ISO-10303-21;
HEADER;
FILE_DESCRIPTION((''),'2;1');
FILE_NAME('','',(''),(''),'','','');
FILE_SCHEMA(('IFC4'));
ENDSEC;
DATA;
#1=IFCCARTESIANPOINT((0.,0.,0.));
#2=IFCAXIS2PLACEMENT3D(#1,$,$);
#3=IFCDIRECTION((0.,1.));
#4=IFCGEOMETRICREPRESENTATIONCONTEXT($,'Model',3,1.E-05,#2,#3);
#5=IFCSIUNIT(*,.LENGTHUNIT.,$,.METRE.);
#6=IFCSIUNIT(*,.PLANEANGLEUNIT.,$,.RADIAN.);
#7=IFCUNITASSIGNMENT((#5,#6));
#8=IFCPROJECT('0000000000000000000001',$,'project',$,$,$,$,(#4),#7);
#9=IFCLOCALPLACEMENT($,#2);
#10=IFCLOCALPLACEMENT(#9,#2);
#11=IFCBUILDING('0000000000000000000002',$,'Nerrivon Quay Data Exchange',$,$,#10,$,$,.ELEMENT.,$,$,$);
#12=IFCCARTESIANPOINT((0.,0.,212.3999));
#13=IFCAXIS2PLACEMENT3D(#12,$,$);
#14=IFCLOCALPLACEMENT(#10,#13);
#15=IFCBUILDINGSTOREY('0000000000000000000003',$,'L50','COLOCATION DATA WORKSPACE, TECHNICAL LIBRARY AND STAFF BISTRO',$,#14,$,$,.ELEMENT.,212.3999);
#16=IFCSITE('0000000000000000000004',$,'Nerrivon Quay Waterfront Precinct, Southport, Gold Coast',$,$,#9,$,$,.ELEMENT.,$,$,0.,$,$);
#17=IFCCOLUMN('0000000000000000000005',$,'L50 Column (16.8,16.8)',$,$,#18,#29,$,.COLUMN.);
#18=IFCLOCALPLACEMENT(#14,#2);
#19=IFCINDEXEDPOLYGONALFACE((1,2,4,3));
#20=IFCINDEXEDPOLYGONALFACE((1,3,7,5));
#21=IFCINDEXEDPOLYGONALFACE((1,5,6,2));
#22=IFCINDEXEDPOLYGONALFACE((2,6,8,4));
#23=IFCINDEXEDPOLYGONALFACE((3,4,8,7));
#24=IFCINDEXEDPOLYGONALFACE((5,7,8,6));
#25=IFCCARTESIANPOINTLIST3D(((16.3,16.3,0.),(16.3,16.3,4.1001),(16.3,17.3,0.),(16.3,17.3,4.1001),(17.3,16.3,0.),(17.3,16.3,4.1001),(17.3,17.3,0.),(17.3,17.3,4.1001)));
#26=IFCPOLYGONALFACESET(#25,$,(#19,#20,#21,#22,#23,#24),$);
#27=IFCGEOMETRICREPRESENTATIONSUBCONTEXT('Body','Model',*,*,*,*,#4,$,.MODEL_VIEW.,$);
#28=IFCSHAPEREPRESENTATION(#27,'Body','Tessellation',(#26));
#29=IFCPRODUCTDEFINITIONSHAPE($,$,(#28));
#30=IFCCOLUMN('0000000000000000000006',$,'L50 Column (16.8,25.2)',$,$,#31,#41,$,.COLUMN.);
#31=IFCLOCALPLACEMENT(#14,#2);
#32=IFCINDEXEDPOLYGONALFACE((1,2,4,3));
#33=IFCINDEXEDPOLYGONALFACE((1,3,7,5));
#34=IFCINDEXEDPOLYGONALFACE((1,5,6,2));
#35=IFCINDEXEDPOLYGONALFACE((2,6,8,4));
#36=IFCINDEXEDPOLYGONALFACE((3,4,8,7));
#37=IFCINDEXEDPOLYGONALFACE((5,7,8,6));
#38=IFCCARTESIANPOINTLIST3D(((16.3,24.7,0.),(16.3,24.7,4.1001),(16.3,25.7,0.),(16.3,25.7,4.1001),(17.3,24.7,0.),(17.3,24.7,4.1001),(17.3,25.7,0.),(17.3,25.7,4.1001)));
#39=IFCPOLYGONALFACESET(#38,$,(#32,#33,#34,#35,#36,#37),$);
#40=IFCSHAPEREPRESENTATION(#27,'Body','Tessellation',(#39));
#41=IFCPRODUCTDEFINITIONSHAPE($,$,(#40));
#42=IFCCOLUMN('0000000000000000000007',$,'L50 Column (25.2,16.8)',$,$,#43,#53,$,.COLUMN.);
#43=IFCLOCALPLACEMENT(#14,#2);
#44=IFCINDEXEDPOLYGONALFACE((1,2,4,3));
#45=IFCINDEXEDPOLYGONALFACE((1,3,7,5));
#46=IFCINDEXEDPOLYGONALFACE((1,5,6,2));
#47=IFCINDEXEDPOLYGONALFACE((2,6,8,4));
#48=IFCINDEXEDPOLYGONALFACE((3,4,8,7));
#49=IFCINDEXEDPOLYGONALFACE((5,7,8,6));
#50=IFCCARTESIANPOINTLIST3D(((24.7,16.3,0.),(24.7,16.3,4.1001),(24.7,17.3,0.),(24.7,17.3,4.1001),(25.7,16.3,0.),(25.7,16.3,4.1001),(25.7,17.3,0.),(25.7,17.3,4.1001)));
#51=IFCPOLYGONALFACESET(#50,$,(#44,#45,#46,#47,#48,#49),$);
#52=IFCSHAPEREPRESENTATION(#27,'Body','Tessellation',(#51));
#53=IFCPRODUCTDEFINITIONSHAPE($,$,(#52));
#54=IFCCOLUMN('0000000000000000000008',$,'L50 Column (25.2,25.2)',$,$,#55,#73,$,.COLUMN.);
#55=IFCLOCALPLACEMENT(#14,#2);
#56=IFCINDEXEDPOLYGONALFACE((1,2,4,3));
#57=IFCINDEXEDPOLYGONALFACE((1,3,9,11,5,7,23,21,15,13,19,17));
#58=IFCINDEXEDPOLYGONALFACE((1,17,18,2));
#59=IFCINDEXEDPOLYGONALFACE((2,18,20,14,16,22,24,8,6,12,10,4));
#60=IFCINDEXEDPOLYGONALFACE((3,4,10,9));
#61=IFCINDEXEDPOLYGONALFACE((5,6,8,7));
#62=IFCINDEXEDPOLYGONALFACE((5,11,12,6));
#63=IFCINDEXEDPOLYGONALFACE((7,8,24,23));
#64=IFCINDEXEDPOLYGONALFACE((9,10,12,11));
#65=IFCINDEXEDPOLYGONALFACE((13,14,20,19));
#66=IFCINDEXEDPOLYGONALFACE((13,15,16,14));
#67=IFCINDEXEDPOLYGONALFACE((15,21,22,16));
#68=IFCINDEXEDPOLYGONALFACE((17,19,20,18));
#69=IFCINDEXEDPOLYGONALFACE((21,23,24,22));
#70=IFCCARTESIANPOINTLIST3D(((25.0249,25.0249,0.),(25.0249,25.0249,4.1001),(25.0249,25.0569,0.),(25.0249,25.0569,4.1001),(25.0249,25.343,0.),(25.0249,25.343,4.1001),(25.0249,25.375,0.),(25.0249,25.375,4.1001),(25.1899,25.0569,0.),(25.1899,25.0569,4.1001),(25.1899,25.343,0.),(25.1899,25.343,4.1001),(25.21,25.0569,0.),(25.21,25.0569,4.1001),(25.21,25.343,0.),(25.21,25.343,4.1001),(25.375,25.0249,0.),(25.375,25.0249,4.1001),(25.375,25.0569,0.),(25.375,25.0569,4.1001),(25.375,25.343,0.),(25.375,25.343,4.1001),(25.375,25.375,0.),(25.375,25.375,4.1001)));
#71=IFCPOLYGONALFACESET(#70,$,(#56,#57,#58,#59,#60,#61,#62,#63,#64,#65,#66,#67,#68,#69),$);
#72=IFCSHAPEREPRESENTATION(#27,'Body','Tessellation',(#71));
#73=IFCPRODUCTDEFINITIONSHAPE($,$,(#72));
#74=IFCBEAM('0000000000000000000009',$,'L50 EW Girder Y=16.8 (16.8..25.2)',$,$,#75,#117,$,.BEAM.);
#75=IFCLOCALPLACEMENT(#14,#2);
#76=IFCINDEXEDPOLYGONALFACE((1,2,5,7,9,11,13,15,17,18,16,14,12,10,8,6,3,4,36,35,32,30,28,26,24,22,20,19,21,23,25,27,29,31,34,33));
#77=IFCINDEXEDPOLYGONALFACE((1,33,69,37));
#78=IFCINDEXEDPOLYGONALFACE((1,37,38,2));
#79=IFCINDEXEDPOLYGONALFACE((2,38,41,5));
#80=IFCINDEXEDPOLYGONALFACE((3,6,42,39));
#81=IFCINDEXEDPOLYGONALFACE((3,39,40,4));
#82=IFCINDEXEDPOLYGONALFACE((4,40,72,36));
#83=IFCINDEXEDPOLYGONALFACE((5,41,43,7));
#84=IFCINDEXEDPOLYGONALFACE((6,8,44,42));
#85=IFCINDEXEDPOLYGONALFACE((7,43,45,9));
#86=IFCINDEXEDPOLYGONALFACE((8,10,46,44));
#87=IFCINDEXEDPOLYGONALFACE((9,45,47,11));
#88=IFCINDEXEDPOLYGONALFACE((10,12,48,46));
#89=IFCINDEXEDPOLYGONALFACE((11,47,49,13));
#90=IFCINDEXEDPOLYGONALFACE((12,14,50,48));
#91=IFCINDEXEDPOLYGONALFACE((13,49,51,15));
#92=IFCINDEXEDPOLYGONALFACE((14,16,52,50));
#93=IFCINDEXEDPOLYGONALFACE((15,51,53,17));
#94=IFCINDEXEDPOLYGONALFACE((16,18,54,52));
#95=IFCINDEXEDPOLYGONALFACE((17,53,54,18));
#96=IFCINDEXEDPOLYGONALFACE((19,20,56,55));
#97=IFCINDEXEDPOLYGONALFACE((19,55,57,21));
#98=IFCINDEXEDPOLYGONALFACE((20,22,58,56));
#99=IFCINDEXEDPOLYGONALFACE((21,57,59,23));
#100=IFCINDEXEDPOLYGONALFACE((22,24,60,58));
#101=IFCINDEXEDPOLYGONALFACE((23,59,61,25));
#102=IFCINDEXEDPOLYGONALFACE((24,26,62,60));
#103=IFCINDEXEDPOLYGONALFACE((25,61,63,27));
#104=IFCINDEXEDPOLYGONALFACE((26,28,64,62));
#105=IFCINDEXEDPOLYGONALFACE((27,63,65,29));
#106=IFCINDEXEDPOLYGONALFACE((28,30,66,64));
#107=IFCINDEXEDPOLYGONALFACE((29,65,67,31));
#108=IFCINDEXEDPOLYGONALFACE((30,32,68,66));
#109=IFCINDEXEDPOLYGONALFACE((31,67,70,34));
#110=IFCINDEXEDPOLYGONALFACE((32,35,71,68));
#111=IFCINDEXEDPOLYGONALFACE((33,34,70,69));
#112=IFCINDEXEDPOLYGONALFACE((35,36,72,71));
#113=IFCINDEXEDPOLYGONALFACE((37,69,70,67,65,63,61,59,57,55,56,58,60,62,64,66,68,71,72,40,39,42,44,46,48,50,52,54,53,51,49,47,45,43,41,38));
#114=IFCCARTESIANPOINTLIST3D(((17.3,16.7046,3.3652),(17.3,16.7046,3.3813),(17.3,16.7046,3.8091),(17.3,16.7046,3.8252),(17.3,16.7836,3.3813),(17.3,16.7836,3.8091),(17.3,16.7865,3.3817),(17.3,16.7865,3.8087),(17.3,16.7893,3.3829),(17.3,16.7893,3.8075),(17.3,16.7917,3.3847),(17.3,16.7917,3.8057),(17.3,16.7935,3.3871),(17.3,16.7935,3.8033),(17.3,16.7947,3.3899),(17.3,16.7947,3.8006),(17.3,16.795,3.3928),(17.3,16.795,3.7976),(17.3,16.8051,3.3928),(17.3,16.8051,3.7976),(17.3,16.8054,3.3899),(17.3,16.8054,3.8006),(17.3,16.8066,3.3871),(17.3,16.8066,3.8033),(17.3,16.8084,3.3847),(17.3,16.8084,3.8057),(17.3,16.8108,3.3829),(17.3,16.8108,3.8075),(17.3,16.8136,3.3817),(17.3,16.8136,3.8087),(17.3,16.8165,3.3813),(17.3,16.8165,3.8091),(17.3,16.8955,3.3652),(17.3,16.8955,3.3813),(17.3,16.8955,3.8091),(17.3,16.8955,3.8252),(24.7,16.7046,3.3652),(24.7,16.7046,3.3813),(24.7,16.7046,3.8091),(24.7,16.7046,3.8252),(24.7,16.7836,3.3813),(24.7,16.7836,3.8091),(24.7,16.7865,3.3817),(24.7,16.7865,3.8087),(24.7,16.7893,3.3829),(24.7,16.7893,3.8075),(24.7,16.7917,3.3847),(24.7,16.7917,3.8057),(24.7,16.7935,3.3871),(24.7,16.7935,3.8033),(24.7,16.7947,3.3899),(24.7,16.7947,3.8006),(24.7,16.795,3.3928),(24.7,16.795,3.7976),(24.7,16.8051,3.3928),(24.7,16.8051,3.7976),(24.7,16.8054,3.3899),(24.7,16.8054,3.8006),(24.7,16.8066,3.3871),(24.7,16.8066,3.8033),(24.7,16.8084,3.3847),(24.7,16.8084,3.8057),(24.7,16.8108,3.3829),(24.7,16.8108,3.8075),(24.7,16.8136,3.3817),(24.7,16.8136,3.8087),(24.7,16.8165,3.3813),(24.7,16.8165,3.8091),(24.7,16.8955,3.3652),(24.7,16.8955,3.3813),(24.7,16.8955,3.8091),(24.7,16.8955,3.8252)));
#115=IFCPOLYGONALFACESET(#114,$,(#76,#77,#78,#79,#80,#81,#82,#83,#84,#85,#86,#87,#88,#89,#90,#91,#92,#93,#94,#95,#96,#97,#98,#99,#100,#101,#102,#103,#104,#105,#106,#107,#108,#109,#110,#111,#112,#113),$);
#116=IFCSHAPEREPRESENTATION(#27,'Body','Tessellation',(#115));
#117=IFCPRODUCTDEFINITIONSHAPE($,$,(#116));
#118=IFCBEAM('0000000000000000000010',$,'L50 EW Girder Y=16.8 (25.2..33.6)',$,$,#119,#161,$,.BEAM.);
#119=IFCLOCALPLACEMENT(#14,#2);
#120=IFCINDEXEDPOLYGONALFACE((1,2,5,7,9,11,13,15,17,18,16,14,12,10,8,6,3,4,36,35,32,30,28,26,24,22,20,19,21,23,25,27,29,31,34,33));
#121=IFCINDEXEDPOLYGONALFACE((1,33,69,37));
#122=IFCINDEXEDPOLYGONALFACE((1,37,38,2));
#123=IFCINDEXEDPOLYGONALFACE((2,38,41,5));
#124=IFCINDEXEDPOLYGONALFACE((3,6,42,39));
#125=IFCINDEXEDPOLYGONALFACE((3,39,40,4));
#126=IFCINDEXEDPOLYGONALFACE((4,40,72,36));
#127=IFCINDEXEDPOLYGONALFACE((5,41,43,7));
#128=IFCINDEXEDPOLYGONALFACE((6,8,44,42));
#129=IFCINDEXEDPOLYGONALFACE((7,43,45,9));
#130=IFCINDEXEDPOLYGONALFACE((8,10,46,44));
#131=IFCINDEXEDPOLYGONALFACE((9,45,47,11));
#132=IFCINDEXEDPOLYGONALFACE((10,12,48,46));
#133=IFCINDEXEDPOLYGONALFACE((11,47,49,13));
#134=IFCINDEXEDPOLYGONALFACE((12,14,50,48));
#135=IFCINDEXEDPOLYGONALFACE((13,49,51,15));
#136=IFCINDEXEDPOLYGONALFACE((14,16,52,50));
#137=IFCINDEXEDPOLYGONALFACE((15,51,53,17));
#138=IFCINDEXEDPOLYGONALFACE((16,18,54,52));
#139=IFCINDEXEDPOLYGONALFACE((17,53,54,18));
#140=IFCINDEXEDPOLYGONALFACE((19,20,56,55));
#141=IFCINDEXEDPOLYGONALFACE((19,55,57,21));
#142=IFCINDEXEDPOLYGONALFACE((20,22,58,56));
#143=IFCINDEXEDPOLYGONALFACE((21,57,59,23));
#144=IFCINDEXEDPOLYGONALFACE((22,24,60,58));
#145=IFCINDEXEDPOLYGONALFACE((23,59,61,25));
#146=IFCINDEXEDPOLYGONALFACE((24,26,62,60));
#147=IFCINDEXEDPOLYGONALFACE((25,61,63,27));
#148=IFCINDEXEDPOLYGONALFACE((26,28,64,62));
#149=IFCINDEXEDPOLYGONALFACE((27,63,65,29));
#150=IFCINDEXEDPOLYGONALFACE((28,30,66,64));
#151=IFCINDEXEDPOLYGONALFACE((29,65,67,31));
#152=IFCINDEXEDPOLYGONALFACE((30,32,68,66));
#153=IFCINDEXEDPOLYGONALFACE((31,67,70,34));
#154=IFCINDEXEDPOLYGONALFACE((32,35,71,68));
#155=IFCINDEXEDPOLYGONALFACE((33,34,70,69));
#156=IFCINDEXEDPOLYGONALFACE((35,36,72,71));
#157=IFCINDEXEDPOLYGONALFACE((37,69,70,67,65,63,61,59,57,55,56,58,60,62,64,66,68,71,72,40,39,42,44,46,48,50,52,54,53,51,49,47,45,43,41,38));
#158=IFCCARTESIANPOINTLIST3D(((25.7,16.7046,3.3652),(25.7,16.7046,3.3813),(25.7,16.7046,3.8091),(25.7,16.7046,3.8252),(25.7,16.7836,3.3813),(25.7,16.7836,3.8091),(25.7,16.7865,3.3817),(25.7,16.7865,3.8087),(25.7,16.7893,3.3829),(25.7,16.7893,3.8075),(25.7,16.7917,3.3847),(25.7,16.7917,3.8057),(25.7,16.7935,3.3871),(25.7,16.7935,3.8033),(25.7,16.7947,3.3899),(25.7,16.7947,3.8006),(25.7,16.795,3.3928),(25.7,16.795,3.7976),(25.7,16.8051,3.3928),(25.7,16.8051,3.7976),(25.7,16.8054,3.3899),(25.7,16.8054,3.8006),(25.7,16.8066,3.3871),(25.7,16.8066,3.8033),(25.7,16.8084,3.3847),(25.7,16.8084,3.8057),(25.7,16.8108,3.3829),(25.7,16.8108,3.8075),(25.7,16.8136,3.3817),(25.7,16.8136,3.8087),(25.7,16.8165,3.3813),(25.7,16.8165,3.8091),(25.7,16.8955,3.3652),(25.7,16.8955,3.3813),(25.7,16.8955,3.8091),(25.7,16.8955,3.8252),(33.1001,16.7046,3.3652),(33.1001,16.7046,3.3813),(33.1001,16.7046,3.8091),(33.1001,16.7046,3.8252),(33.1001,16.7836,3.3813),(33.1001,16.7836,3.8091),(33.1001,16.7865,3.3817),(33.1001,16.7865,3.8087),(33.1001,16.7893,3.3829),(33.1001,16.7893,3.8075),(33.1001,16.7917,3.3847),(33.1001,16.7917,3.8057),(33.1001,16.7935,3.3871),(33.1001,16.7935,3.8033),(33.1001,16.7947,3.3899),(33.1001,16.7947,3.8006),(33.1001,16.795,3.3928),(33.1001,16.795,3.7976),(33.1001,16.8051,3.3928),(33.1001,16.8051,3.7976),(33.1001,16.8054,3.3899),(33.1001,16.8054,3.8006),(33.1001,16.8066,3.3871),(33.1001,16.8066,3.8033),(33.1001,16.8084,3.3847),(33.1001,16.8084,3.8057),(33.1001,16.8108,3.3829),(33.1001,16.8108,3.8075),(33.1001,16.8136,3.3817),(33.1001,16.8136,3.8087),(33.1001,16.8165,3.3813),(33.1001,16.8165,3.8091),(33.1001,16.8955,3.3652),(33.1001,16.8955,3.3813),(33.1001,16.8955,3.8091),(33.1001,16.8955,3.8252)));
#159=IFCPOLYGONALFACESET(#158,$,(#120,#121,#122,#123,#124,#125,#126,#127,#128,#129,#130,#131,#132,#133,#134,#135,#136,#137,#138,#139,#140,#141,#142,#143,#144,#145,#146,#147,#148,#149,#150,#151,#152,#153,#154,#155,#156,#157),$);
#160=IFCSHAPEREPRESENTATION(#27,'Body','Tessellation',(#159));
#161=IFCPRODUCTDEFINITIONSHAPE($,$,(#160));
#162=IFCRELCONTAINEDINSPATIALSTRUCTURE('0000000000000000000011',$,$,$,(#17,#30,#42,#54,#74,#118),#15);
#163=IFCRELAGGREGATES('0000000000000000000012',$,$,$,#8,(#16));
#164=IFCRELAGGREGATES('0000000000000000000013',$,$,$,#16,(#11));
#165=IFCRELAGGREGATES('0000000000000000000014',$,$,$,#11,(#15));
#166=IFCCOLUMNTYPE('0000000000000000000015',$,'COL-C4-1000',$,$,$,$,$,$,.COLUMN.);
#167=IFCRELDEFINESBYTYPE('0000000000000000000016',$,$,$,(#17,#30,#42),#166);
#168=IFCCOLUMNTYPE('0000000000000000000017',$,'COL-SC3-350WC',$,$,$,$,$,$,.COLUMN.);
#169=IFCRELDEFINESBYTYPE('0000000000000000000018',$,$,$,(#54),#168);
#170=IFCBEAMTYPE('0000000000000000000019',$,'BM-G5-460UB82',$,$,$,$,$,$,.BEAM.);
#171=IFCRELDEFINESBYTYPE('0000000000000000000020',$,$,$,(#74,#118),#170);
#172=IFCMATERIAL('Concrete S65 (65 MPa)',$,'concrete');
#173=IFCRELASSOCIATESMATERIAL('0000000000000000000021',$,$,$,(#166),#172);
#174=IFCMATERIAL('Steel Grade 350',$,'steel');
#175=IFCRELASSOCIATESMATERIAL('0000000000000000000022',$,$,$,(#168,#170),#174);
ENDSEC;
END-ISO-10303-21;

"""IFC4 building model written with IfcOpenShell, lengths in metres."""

from ifc_helpers import new_model, si_unit, direction, frame, origin, origin_2d, place, context, subcontext, project, spatial, rectangle, i_section, extrude, material, material_profile, profile_set, type_object, element, save


model = new_model("IFC4")

# Units and contexts
model_context = context("Model", 3, precision=1e-05, world=origin(), true_north=direction((0.0, 1.0)))
body_context = subcontext(model_context, "Body", "Model", "MODEL_VIEW")
ifc_project = project(units=[si_unit("LENGTHUNIT", "METRE"), si_unit("PLANEANGLEUNIT", "RADIAN")], contexts=[model_context])

# Site, building, storey
site_placement = place(None, origin())
site = spatial("IfcSite", under=ifc_project, at=site_placement, Name="Nerrivon Quay Waterfront Precinct, Southport, Gold Coast", CompositionType="ELEMENT", RefElevation=0.0)
building_placement = place(site_placement, origin())
building = spatial("IfcBuilding", under=site, at=building_placement, Name="Nerrivon Quay Data Exchange", CompositionType="ELEMENT")
storey_placement = place(building_placement, frame((0.0, 0.0, 212.3999)))
storey = spatial("IfcBuildingStorey", under=building, at=storey_placement, Name="L50", Description="COLOCATION DATA WORKSPACE, TECHNICAL LIBRARY AND STAFF BISTRO", CompositionType="ELEMENT", Elevation=212.3999)

# Columns
ifc_material_1 = material(Name="Concrete S65 (65 MPa)", Category="concrete")
ifc_material_profile_1 = material_profile(ifc_material_1, rectangle(XDim=1.0, YDim=1.0, at=origin_2d()), Name="RC-COL-1000x1000")
ifc_profile_set_1 = profile_set([ifc_material_profile_1], Name="Concrete S65 (65 MPa)")
column_type_1 = type_object("IfcColumnType", Name="COL-C4-1000", PredefinedType="COLUMN", material=ifc_profile_set_1)
for number, where, z_axis, x_axis, name in (
    (1, (16.8, 16.8, 0.0), (0.0, 0.0, 1.0), (1.0, 0.0, 0.0), "L50 Column (16.8,16.8)"),
    (2, (16.8, 25.2, 0.0), (0.0, 0.0, 1.0), (1.0, 0.0, 0.0), "L50 Column (16.8,25.2)"),
    (3, (25.2, 16.8, 0.0), (0.0, 0.0, 1.0), (1.0, 0.0, 0.0), "L50 Column (25.2,16.8)"),
):
    element("IfcColumn", number, at=place(storey_placement, frame(where, z_axis=z_axis, x_axis=x_axis)), inside=storey, type_object=column_type_1, Name=name, PredefinedType="COLUMN", context=body_context, shape_type="SweptSolid", body=[
        extrude(rectangle(XDim=1.0, YDim=1.0, at=origin_2d()), origin(), (0.0, 0.0, 1.0), 4.1001),
    ])
ifc_material_2 = material(Name="Steel Grade 350", Category="steel")
ifc_material_profile_2 = material_profile(ifc_material_2, i_section(OverallWidth=0.3501, OverallDepth=0.3501, WebThickness=0.02, FlangeThickness=0.032, at=origin_2d()), Name="350WC230")
ifc_profile_set_2 = profile_set([ifc_material_profile_2], Name="Steel Grade 350")
column_type_2 = type_object("IfcColumnType", Name="COL-SC3-350WC", PredefinedType="COLUMN", material=ifc_profile_set_2)
column_placement = place(storey_placement, frame((25.2, 25.2, 0.0), z_axis=(0.0, 0.0, 1.0), x_axis=(1.0, 0.0, 0.0)))
element("IfcColumn", 4, at=column_placement, inside=storey, type_object=column_type_2, Name="L50 Column (25.2,25.2)", PredefinedType="COLUMN", context=body_context, shape_type="SweptSolid", body=[
    extrude(i_section(OverallWidth=0.3501, OverallDepth=0.3501, WebThickness=0.02, FlangeThickness=0.032, at=origin_2d()), origin(), (0.0, 0.0, 1.0), 4.1001),
])

# Beams
ifc_material_profile_3 = material_profile(ifc_material_2, i_section(OverallWidth=0.1909, OverallDepth=0.46, WebThickness=0.01, FlangeThickness=0.0161, FilletRadius=0.0115, at=origin_2d()), Name="460UB82.1")
ifc_profile_set_3 = profile_set([ifc_material_profile_3], Name="Steel Grade 350")
beam_type_1 = type_object("IfcBeamType", Name="BM-G5-460UB82", PredefinedType="BEAM", material=ifc_profile_set_3)
beam_1_placement = place(storey_placement, frame((17.3, 16.8, 3.5952), z_axis=(1.0, 0.0, 0.0), x_axis=(0.0, 1.0, 0.0)))
element("IfcBeam", 5, at=beam_1_placement, inside=storey, type_object=beam_type_1, Name="L50 EW Girder Y=16.8 (16.8..25.2)", PredefinedType="BEAM", context=body_context, shape_type="SweptSolid", body=[
    extrude(i_section(OverallWidth=0.1909, OverallDepth=0.46, WebThickness=0.01, FlangeThickness=0.0161, FilletRadius=0.0115, at=origin_2d()), origin(), (0.0, 0.0, 1.0), 7.3999),
])
beam_2_placement = place(storey_placement, frame((25.7, 16.8, 3.5952), z_axis=(1.0, 0.0, 0.0), x_axis=(0.0, 1.0, 0.0)))
element("IfcBeam", 6, at=beam_2_placement, inside=storey, type_object=beam_type_1, Name="L50 EW Girder Y=16.8 (25.2..33.6)", PredefinedType="BEAM", context=body_context, shape_type="SweptSolid", body=[
    extrude(i_section(OverallWidth=0.1909, OverallDepth=0.46, WebThickness=0.01, FlangeThickness=0.0161, FilletRadius=0.0115, at=origin_2d()), origin(), (0.0, 0.0, 1.0), 7.4001),
])

save(model, "model.ifc")
